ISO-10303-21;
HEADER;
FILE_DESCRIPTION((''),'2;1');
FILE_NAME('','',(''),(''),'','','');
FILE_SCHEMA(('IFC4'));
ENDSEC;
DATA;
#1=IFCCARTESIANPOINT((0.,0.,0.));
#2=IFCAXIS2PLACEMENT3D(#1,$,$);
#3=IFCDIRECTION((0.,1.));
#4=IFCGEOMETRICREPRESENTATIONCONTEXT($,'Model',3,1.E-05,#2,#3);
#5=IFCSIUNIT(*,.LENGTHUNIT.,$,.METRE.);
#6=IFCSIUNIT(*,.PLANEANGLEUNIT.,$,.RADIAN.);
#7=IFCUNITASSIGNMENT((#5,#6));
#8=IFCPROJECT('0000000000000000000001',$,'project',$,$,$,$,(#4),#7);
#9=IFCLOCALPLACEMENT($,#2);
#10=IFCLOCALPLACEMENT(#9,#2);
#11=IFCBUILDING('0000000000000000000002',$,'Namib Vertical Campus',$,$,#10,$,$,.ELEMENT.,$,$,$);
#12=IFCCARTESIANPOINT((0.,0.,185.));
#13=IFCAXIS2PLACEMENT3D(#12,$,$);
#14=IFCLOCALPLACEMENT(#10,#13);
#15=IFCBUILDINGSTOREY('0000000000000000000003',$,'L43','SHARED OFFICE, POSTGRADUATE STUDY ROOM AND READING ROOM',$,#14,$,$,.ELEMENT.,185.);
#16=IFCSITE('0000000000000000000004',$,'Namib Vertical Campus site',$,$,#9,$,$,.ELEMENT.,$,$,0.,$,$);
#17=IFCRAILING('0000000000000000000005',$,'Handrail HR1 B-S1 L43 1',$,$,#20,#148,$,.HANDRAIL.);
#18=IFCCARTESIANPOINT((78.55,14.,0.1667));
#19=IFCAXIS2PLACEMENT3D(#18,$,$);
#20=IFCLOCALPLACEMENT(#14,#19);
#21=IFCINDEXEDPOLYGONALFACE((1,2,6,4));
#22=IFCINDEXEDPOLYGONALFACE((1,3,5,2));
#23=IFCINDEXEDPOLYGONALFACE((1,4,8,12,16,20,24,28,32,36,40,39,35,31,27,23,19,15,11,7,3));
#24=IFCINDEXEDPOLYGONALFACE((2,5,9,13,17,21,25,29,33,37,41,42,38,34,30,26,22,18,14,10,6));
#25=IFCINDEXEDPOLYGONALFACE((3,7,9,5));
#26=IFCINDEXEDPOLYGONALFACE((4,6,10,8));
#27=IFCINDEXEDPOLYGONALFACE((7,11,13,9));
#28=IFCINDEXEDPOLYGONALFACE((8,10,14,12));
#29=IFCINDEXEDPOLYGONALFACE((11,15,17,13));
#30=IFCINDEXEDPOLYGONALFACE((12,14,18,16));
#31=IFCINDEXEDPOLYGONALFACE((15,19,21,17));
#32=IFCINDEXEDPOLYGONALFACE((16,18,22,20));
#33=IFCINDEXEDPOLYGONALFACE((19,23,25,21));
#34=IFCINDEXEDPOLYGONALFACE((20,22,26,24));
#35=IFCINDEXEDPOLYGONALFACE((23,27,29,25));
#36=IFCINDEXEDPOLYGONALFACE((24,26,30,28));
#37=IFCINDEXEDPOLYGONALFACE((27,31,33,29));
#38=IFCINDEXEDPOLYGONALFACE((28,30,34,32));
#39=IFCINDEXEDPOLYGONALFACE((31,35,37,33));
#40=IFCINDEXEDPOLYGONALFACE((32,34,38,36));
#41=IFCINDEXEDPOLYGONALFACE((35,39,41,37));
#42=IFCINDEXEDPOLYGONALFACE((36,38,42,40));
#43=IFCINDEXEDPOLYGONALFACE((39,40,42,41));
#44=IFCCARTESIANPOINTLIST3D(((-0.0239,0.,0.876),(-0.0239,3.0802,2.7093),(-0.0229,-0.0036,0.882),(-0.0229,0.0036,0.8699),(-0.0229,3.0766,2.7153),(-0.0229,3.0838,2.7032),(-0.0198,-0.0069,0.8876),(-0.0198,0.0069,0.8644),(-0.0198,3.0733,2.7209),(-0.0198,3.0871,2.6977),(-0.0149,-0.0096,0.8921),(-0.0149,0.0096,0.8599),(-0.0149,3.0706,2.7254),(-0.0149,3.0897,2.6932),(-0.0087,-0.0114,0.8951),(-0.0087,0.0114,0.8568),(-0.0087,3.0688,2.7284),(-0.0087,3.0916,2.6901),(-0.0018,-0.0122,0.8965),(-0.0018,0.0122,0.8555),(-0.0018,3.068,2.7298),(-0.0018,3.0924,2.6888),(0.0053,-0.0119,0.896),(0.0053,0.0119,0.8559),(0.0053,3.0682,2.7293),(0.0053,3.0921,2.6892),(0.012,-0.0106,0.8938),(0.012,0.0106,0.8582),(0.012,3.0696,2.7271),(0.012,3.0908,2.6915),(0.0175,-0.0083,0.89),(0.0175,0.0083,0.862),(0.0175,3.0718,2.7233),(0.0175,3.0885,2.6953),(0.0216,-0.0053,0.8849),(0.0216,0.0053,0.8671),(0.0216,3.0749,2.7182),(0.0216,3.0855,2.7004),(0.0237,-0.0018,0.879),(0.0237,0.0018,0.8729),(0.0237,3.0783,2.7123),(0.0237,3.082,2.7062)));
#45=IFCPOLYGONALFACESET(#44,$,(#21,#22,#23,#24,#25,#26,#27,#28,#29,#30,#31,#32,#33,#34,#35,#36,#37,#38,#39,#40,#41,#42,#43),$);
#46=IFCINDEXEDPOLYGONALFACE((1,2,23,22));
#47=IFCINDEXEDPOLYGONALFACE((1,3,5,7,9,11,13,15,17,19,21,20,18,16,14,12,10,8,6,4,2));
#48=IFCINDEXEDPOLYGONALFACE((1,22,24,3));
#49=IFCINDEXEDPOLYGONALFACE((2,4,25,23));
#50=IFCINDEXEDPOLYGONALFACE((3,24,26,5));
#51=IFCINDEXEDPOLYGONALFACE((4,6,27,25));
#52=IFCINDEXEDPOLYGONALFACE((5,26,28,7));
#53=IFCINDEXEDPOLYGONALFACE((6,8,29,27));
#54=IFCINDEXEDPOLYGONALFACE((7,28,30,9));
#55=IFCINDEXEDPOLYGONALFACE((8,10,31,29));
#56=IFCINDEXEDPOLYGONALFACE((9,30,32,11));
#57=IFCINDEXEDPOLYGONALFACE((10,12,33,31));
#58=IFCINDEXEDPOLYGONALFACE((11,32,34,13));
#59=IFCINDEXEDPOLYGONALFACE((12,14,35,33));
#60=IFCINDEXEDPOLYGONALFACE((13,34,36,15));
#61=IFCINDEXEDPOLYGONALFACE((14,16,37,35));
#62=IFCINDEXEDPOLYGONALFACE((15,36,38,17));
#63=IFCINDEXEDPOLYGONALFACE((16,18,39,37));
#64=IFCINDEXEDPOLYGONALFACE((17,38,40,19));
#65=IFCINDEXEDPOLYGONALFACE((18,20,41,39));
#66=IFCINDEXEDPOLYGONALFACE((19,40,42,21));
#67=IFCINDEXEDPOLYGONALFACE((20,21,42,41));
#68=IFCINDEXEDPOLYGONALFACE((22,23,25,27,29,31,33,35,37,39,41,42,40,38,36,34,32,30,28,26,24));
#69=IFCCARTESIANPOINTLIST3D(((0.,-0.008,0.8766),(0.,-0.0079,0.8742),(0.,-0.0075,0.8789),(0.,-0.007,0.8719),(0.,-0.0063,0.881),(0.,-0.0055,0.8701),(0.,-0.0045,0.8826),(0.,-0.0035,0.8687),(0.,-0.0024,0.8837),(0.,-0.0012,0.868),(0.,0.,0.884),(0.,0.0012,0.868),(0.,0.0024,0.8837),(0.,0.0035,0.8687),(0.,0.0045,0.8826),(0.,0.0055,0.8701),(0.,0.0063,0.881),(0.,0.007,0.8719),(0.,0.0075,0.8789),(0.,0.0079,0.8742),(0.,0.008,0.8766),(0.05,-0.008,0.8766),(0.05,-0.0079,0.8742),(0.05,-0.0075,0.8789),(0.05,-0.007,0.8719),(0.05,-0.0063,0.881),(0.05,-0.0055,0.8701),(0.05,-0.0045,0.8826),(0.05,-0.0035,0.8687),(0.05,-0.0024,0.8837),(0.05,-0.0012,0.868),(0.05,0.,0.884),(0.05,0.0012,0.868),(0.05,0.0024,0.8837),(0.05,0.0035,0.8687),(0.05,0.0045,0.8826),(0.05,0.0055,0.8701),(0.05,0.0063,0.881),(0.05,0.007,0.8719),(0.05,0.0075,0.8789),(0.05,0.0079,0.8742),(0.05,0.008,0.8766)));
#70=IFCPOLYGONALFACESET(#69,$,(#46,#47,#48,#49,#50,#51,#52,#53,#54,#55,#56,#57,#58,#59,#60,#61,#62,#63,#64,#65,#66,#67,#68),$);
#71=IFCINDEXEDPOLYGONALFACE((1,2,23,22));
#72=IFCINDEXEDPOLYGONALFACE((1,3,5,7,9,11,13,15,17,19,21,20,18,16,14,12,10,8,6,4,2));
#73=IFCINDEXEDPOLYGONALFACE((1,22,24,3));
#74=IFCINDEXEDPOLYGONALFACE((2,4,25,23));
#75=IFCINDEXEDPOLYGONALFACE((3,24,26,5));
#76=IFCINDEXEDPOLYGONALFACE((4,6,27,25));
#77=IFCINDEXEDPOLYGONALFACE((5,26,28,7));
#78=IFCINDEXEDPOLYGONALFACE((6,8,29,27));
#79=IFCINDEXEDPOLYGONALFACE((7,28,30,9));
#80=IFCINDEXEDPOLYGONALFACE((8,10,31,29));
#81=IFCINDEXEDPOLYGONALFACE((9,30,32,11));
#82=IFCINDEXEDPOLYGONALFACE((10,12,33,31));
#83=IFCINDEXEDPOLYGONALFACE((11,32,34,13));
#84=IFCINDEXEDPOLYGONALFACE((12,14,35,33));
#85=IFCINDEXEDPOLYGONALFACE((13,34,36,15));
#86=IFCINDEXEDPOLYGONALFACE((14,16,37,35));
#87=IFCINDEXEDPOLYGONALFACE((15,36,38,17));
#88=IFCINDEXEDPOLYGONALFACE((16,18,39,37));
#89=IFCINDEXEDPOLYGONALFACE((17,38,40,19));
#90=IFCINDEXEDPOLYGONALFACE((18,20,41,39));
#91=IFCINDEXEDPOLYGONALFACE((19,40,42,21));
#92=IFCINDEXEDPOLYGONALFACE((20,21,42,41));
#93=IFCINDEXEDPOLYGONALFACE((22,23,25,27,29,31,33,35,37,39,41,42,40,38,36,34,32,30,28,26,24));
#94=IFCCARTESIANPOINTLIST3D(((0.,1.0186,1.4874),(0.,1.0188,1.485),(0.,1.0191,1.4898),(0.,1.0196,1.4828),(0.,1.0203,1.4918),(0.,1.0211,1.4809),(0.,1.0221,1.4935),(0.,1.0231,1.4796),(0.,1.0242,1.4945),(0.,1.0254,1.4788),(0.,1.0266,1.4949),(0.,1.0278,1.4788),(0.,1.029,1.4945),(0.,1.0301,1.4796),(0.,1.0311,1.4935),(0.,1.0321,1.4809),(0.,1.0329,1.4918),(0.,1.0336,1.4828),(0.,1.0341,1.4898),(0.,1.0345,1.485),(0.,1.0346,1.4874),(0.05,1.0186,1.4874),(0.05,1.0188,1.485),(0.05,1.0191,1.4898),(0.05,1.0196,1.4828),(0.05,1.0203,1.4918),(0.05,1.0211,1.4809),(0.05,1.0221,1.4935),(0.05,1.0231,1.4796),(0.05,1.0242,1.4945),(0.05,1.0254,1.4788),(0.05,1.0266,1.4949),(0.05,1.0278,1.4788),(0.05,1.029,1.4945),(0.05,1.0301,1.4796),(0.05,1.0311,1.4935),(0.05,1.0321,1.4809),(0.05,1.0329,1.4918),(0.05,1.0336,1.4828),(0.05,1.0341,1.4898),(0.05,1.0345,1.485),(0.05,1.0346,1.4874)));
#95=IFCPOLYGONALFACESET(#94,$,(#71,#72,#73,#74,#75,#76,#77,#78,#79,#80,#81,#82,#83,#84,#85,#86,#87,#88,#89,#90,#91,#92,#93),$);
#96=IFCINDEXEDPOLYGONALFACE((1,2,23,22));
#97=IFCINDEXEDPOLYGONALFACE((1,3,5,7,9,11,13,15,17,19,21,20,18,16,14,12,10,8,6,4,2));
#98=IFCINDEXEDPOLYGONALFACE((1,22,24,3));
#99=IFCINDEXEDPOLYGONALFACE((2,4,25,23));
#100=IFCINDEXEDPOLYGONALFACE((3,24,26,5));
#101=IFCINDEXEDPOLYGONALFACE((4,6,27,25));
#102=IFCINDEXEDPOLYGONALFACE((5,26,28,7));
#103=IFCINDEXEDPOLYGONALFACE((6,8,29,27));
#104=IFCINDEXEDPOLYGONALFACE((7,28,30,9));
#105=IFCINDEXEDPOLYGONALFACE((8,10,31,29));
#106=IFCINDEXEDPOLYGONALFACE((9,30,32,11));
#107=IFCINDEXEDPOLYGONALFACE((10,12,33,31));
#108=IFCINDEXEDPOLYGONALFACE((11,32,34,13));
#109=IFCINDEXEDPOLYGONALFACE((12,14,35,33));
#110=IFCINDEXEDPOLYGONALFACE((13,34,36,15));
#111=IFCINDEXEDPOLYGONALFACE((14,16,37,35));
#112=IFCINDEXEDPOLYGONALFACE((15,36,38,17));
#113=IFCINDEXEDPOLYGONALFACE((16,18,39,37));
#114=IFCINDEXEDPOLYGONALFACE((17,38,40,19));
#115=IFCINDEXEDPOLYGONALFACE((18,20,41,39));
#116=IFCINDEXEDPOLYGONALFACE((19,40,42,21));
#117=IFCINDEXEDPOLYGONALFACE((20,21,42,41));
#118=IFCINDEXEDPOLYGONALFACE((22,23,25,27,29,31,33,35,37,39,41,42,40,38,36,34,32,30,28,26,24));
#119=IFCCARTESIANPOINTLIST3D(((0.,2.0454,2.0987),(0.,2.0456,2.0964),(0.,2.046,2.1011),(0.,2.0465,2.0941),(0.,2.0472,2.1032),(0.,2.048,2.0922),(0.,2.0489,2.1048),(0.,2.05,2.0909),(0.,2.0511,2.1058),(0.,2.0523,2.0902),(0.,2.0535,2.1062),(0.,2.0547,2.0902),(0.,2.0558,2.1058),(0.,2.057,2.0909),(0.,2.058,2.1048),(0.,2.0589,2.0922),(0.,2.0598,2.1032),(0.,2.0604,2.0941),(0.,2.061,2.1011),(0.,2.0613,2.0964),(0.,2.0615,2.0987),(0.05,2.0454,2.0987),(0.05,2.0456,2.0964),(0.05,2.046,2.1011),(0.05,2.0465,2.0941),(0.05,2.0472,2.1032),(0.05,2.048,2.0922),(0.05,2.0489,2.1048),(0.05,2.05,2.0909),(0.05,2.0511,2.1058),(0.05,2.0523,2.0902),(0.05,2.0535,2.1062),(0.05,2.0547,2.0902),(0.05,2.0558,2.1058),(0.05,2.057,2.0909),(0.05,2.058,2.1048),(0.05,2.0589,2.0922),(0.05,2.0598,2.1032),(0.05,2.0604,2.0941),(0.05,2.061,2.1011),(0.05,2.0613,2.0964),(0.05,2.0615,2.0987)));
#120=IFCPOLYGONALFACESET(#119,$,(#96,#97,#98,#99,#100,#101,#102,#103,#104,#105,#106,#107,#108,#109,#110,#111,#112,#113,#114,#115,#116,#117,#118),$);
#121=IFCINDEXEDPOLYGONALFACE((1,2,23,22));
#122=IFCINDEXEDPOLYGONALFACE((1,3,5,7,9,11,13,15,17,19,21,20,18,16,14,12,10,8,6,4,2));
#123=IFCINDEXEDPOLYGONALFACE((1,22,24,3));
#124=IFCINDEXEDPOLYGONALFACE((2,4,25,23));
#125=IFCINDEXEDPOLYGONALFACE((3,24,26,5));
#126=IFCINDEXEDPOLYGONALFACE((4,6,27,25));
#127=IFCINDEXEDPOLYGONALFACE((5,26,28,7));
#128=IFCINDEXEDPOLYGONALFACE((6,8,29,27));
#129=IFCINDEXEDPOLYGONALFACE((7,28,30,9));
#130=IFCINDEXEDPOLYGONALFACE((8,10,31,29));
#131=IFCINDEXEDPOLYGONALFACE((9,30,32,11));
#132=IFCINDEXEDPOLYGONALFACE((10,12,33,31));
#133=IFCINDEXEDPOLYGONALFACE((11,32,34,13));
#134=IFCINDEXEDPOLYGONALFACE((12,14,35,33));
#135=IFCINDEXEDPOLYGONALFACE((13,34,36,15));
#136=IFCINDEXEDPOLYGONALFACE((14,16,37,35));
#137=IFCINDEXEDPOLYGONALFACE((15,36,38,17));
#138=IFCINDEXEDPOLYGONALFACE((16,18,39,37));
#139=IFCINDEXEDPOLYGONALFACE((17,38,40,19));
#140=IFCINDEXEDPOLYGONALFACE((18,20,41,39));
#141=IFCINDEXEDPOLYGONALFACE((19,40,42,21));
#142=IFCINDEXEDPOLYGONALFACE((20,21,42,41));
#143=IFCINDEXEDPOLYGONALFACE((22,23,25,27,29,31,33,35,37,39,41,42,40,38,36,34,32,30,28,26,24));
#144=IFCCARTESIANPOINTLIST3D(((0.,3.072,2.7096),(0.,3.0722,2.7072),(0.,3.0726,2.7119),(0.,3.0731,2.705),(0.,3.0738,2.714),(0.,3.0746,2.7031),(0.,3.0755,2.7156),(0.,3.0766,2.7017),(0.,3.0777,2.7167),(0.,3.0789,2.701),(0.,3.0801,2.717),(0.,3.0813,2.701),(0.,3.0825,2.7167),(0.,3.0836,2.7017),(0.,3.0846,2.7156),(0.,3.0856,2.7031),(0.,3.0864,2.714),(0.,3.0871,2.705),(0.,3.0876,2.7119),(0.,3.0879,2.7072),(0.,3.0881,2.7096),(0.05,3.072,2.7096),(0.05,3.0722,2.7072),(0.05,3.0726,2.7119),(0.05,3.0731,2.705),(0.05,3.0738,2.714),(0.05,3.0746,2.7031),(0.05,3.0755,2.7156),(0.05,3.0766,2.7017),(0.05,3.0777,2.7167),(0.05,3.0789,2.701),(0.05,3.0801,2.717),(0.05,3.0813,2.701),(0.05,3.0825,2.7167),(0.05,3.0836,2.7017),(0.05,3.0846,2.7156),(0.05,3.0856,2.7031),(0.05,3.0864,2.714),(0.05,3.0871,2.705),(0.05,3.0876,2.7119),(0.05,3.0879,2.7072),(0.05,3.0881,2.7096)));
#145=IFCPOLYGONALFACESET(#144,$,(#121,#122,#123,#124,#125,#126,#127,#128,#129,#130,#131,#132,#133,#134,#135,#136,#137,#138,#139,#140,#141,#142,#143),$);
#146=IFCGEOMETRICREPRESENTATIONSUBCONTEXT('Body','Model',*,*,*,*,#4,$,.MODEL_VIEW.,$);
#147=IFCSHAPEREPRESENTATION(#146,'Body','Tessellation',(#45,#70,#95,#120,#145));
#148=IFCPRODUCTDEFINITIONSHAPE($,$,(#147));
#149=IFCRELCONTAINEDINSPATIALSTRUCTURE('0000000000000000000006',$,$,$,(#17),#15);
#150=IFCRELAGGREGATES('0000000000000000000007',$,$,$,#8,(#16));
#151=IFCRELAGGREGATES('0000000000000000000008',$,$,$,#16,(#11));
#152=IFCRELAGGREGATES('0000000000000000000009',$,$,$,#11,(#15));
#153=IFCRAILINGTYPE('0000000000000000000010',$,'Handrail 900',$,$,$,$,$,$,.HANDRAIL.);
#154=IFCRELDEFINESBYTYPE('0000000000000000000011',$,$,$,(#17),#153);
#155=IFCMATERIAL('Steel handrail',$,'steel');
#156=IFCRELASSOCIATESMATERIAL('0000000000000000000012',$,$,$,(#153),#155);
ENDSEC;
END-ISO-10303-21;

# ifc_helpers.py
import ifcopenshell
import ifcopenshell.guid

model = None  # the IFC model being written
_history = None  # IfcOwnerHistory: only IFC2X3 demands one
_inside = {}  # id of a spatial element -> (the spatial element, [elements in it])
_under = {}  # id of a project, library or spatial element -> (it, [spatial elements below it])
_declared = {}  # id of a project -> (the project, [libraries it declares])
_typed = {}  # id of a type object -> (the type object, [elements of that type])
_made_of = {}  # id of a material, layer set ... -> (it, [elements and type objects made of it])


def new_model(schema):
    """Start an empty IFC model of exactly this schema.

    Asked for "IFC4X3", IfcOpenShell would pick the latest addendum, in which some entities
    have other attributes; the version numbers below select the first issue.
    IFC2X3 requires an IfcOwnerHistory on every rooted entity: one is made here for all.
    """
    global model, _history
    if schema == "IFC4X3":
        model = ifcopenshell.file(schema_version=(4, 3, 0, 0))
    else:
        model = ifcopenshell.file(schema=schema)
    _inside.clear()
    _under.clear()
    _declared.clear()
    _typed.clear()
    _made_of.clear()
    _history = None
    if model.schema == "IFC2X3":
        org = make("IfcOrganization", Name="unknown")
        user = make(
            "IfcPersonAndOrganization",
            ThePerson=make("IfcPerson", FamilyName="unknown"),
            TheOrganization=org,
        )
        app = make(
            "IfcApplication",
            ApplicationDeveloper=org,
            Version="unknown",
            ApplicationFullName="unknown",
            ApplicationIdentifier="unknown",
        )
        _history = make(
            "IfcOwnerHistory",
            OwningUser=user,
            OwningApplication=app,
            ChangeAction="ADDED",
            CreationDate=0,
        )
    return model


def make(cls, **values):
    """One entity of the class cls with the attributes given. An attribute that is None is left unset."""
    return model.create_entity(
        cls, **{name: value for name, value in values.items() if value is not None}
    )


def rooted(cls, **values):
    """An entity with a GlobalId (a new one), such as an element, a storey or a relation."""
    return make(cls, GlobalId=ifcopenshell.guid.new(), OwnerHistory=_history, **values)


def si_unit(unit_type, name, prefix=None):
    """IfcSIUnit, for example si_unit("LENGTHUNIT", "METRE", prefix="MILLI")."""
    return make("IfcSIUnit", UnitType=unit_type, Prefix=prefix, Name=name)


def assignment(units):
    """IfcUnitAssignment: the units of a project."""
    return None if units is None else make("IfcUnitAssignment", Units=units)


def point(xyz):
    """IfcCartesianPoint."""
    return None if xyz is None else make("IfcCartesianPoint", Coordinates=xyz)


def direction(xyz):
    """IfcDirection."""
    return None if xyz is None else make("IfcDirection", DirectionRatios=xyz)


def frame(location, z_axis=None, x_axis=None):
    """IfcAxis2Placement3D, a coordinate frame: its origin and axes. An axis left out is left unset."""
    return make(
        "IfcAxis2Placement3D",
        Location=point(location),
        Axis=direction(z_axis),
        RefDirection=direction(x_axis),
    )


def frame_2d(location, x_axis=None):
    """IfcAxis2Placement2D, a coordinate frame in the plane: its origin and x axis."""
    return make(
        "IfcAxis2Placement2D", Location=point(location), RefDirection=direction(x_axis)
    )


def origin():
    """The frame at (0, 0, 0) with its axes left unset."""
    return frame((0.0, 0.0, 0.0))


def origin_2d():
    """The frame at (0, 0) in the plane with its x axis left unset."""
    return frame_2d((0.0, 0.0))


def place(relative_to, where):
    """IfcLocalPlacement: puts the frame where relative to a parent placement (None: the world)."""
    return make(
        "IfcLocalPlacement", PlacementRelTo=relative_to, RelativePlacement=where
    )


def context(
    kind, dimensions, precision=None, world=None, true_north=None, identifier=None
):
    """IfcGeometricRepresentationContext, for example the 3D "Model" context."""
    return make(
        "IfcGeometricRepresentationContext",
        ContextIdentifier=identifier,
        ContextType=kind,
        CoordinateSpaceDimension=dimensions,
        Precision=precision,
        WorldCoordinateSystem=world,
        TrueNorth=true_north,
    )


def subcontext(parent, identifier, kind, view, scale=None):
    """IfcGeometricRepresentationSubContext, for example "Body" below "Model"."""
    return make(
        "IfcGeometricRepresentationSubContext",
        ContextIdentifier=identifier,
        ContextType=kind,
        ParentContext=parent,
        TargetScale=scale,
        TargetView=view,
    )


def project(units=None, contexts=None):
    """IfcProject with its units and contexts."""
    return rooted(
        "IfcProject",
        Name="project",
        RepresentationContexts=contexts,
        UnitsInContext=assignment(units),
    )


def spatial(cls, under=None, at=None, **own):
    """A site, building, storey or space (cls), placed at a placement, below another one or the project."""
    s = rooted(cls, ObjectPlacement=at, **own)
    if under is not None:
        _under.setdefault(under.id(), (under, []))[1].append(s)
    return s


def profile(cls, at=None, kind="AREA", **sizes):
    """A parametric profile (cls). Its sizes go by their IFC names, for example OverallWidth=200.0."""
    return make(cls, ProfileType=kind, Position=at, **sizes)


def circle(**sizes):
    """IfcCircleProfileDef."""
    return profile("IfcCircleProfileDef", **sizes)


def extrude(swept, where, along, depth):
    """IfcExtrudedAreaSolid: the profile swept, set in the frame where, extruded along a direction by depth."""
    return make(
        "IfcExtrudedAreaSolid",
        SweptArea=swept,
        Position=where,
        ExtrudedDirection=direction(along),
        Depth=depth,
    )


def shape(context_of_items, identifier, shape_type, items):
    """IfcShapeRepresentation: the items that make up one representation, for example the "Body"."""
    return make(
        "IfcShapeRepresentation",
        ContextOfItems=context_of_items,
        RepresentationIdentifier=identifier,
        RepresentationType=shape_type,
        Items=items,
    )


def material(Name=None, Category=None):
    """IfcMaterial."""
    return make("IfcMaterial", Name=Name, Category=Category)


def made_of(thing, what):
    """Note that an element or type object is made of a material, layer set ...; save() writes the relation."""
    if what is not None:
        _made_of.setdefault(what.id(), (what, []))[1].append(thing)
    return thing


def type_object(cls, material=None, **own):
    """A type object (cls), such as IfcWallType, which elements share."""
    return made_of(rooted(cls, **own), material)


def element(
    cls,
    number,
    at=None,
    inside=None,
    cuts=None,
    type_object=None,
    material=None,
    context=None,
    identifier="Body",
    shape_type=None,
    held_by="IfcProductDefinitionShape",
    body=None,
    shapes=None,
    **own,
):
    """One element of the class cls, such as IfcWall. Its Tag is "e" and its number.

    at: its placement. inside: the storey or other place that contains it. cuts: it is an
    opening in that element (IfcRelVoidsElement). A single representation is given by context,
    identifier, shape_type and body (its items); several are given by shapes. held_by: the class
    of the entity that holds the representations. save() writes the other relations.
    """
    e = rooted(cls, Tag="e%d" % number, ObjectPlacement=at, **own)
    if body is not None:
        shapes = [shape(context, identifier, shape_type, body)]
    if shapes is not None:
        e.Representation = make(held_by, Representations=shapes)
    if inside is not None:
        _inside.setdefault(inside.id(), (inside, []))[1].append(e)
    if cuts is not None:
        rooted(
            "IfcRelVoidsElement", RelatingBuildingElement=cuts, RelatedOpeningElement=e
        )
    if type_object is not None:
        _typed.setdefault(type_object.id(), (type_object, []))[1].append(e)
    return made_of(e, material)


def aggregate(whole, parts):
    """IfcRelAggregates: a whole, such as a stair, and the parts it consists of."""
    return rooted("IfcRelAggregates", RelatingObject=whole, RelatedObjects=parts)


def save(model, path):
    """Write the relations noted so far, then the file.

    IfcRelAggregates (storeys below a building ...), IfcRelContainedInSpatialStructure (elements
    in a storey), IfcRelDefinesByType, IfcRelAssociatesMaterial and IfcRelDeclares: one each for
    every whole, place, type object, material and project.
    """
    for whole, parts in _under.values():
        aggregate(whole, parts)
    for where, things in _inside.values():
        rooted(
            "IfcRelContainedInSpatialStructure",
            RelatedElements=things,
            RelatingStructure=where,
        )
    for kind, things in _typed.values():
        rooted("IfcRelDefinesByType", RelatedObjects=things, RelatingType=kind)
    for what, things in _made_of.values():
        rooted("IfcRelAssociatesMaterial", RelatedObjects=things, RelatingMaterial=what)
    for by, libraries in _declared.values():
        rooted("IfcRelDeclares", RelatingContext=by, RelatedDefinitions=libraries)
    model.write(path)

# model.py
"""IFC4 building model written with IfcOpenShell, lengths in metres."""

from ifc_helpers import new_model, si_unit, direction, frame, origin, origin_2d, place, context, subcontext, project, spatial, circle, extrude, material, type_object, element, save


model = new_model("IFC4")

# Units and contexts
model_context = context("Model", 3, precision=1e-05, world=origin(), true_north=direction((0.0, 1.0)))
body_context = subcontext(model_context, "Body", "Model", "MODEL_VIEW")
ifc_project = project(units=[si_unit("LENGTHUNIT", "METRE"), si_unit("PLANEANGLEUNIT", "RADIAN")], contexts=[model_context])

# Site, building, storey
site_placement = place(None, origin())
site = spatial("IfcSite", under=ifc_project, at=site_placement, Name="Namib Vertical Campus site", CompositionType="ELEMENT", RefElevation=0.0)
building_placement = place(site_placement, origin())
building = spatial("IfcBuilding", under=site, at=building_placement, Name="Namib Vertical Campus", CompositionType="ELEMENT")
storey_placement = place(building_placement, frame((0.0, 0.0, 185.0)))
storey = spatial("IfcBuildingStorey", under=building, at=storey_placement, Name="L43", Description="SHARED OFFICE, POSTGRADUATE STUDY ROOM AND READING ROOM", CompositionType="ELEMENT", Elevation=185.0)

# Railing
ifc_material_1 = material(Name="Steel handrail", Category="steel")
railing_type_1 = type_object("IfcRailingType", Name="Handrail 900", PredefinedType="HANDRAIL", material=ifc_material_1)
railing_1_placement = place(storey_placement, frame((78.55, 14.0, 0.1667)))
element("IfcRailing", 1, at=railing_1_placement, inside=storey, type_object=railing_type_1, Name="Handrail HR1 B-S1 L43 1", PredefinedType="HANDRAIL", context=body_context, shape_type="SweptSolid", body=[
    extrude(circle(Radius=0.0239, at=origin_2d()), frame((0.0, 0.0, 0.876), z_axis=(0.0, 0.859309, 0.511458), x_axis=(-1.0, 0.0, 0.0)), (0.0, 0.0, 1.0), 3.5845),
    extrude(circle(Radius=0.0081, at=origin_2d()), frame((0.0, 0.0, 0.876), z_axis=(1.0, 0.0, 0.0), x_axis=(0.0, 0.0, 1.0)), (0.0, 0.0, 1.0), 0.05),
    extrude(circle(Radius=0.0081, at=origin_2d()), frame((0.0, 1.0266, 1.4868), z_axis=(1.0, 0.0, 0.0), x_axis=(0.0, 0.0, 1.0)), (0.0, 0.0, 1.0), 0.05),
    extrude(circle(Radius=0.0081, at=origin_2d()), frame((0.0, 2.0535, 2.0981), z_axis=(1.0, 0.0, 0.0), x_axis=(0.0, 0.0, 1.0)), (0.0, 0.0, 1.0), 0.05),
    extrude(circle(Radius=0.0081, at=origin_2d()), frame((0.0, 3.0801, 2.709), z_axis=(1.0, 0.0, 0.0), x_axis=(0.0, 0.0, 1.0)), (0.0, 0.0, 1.0), 0.05),
])

save(model, "model.ifc")
